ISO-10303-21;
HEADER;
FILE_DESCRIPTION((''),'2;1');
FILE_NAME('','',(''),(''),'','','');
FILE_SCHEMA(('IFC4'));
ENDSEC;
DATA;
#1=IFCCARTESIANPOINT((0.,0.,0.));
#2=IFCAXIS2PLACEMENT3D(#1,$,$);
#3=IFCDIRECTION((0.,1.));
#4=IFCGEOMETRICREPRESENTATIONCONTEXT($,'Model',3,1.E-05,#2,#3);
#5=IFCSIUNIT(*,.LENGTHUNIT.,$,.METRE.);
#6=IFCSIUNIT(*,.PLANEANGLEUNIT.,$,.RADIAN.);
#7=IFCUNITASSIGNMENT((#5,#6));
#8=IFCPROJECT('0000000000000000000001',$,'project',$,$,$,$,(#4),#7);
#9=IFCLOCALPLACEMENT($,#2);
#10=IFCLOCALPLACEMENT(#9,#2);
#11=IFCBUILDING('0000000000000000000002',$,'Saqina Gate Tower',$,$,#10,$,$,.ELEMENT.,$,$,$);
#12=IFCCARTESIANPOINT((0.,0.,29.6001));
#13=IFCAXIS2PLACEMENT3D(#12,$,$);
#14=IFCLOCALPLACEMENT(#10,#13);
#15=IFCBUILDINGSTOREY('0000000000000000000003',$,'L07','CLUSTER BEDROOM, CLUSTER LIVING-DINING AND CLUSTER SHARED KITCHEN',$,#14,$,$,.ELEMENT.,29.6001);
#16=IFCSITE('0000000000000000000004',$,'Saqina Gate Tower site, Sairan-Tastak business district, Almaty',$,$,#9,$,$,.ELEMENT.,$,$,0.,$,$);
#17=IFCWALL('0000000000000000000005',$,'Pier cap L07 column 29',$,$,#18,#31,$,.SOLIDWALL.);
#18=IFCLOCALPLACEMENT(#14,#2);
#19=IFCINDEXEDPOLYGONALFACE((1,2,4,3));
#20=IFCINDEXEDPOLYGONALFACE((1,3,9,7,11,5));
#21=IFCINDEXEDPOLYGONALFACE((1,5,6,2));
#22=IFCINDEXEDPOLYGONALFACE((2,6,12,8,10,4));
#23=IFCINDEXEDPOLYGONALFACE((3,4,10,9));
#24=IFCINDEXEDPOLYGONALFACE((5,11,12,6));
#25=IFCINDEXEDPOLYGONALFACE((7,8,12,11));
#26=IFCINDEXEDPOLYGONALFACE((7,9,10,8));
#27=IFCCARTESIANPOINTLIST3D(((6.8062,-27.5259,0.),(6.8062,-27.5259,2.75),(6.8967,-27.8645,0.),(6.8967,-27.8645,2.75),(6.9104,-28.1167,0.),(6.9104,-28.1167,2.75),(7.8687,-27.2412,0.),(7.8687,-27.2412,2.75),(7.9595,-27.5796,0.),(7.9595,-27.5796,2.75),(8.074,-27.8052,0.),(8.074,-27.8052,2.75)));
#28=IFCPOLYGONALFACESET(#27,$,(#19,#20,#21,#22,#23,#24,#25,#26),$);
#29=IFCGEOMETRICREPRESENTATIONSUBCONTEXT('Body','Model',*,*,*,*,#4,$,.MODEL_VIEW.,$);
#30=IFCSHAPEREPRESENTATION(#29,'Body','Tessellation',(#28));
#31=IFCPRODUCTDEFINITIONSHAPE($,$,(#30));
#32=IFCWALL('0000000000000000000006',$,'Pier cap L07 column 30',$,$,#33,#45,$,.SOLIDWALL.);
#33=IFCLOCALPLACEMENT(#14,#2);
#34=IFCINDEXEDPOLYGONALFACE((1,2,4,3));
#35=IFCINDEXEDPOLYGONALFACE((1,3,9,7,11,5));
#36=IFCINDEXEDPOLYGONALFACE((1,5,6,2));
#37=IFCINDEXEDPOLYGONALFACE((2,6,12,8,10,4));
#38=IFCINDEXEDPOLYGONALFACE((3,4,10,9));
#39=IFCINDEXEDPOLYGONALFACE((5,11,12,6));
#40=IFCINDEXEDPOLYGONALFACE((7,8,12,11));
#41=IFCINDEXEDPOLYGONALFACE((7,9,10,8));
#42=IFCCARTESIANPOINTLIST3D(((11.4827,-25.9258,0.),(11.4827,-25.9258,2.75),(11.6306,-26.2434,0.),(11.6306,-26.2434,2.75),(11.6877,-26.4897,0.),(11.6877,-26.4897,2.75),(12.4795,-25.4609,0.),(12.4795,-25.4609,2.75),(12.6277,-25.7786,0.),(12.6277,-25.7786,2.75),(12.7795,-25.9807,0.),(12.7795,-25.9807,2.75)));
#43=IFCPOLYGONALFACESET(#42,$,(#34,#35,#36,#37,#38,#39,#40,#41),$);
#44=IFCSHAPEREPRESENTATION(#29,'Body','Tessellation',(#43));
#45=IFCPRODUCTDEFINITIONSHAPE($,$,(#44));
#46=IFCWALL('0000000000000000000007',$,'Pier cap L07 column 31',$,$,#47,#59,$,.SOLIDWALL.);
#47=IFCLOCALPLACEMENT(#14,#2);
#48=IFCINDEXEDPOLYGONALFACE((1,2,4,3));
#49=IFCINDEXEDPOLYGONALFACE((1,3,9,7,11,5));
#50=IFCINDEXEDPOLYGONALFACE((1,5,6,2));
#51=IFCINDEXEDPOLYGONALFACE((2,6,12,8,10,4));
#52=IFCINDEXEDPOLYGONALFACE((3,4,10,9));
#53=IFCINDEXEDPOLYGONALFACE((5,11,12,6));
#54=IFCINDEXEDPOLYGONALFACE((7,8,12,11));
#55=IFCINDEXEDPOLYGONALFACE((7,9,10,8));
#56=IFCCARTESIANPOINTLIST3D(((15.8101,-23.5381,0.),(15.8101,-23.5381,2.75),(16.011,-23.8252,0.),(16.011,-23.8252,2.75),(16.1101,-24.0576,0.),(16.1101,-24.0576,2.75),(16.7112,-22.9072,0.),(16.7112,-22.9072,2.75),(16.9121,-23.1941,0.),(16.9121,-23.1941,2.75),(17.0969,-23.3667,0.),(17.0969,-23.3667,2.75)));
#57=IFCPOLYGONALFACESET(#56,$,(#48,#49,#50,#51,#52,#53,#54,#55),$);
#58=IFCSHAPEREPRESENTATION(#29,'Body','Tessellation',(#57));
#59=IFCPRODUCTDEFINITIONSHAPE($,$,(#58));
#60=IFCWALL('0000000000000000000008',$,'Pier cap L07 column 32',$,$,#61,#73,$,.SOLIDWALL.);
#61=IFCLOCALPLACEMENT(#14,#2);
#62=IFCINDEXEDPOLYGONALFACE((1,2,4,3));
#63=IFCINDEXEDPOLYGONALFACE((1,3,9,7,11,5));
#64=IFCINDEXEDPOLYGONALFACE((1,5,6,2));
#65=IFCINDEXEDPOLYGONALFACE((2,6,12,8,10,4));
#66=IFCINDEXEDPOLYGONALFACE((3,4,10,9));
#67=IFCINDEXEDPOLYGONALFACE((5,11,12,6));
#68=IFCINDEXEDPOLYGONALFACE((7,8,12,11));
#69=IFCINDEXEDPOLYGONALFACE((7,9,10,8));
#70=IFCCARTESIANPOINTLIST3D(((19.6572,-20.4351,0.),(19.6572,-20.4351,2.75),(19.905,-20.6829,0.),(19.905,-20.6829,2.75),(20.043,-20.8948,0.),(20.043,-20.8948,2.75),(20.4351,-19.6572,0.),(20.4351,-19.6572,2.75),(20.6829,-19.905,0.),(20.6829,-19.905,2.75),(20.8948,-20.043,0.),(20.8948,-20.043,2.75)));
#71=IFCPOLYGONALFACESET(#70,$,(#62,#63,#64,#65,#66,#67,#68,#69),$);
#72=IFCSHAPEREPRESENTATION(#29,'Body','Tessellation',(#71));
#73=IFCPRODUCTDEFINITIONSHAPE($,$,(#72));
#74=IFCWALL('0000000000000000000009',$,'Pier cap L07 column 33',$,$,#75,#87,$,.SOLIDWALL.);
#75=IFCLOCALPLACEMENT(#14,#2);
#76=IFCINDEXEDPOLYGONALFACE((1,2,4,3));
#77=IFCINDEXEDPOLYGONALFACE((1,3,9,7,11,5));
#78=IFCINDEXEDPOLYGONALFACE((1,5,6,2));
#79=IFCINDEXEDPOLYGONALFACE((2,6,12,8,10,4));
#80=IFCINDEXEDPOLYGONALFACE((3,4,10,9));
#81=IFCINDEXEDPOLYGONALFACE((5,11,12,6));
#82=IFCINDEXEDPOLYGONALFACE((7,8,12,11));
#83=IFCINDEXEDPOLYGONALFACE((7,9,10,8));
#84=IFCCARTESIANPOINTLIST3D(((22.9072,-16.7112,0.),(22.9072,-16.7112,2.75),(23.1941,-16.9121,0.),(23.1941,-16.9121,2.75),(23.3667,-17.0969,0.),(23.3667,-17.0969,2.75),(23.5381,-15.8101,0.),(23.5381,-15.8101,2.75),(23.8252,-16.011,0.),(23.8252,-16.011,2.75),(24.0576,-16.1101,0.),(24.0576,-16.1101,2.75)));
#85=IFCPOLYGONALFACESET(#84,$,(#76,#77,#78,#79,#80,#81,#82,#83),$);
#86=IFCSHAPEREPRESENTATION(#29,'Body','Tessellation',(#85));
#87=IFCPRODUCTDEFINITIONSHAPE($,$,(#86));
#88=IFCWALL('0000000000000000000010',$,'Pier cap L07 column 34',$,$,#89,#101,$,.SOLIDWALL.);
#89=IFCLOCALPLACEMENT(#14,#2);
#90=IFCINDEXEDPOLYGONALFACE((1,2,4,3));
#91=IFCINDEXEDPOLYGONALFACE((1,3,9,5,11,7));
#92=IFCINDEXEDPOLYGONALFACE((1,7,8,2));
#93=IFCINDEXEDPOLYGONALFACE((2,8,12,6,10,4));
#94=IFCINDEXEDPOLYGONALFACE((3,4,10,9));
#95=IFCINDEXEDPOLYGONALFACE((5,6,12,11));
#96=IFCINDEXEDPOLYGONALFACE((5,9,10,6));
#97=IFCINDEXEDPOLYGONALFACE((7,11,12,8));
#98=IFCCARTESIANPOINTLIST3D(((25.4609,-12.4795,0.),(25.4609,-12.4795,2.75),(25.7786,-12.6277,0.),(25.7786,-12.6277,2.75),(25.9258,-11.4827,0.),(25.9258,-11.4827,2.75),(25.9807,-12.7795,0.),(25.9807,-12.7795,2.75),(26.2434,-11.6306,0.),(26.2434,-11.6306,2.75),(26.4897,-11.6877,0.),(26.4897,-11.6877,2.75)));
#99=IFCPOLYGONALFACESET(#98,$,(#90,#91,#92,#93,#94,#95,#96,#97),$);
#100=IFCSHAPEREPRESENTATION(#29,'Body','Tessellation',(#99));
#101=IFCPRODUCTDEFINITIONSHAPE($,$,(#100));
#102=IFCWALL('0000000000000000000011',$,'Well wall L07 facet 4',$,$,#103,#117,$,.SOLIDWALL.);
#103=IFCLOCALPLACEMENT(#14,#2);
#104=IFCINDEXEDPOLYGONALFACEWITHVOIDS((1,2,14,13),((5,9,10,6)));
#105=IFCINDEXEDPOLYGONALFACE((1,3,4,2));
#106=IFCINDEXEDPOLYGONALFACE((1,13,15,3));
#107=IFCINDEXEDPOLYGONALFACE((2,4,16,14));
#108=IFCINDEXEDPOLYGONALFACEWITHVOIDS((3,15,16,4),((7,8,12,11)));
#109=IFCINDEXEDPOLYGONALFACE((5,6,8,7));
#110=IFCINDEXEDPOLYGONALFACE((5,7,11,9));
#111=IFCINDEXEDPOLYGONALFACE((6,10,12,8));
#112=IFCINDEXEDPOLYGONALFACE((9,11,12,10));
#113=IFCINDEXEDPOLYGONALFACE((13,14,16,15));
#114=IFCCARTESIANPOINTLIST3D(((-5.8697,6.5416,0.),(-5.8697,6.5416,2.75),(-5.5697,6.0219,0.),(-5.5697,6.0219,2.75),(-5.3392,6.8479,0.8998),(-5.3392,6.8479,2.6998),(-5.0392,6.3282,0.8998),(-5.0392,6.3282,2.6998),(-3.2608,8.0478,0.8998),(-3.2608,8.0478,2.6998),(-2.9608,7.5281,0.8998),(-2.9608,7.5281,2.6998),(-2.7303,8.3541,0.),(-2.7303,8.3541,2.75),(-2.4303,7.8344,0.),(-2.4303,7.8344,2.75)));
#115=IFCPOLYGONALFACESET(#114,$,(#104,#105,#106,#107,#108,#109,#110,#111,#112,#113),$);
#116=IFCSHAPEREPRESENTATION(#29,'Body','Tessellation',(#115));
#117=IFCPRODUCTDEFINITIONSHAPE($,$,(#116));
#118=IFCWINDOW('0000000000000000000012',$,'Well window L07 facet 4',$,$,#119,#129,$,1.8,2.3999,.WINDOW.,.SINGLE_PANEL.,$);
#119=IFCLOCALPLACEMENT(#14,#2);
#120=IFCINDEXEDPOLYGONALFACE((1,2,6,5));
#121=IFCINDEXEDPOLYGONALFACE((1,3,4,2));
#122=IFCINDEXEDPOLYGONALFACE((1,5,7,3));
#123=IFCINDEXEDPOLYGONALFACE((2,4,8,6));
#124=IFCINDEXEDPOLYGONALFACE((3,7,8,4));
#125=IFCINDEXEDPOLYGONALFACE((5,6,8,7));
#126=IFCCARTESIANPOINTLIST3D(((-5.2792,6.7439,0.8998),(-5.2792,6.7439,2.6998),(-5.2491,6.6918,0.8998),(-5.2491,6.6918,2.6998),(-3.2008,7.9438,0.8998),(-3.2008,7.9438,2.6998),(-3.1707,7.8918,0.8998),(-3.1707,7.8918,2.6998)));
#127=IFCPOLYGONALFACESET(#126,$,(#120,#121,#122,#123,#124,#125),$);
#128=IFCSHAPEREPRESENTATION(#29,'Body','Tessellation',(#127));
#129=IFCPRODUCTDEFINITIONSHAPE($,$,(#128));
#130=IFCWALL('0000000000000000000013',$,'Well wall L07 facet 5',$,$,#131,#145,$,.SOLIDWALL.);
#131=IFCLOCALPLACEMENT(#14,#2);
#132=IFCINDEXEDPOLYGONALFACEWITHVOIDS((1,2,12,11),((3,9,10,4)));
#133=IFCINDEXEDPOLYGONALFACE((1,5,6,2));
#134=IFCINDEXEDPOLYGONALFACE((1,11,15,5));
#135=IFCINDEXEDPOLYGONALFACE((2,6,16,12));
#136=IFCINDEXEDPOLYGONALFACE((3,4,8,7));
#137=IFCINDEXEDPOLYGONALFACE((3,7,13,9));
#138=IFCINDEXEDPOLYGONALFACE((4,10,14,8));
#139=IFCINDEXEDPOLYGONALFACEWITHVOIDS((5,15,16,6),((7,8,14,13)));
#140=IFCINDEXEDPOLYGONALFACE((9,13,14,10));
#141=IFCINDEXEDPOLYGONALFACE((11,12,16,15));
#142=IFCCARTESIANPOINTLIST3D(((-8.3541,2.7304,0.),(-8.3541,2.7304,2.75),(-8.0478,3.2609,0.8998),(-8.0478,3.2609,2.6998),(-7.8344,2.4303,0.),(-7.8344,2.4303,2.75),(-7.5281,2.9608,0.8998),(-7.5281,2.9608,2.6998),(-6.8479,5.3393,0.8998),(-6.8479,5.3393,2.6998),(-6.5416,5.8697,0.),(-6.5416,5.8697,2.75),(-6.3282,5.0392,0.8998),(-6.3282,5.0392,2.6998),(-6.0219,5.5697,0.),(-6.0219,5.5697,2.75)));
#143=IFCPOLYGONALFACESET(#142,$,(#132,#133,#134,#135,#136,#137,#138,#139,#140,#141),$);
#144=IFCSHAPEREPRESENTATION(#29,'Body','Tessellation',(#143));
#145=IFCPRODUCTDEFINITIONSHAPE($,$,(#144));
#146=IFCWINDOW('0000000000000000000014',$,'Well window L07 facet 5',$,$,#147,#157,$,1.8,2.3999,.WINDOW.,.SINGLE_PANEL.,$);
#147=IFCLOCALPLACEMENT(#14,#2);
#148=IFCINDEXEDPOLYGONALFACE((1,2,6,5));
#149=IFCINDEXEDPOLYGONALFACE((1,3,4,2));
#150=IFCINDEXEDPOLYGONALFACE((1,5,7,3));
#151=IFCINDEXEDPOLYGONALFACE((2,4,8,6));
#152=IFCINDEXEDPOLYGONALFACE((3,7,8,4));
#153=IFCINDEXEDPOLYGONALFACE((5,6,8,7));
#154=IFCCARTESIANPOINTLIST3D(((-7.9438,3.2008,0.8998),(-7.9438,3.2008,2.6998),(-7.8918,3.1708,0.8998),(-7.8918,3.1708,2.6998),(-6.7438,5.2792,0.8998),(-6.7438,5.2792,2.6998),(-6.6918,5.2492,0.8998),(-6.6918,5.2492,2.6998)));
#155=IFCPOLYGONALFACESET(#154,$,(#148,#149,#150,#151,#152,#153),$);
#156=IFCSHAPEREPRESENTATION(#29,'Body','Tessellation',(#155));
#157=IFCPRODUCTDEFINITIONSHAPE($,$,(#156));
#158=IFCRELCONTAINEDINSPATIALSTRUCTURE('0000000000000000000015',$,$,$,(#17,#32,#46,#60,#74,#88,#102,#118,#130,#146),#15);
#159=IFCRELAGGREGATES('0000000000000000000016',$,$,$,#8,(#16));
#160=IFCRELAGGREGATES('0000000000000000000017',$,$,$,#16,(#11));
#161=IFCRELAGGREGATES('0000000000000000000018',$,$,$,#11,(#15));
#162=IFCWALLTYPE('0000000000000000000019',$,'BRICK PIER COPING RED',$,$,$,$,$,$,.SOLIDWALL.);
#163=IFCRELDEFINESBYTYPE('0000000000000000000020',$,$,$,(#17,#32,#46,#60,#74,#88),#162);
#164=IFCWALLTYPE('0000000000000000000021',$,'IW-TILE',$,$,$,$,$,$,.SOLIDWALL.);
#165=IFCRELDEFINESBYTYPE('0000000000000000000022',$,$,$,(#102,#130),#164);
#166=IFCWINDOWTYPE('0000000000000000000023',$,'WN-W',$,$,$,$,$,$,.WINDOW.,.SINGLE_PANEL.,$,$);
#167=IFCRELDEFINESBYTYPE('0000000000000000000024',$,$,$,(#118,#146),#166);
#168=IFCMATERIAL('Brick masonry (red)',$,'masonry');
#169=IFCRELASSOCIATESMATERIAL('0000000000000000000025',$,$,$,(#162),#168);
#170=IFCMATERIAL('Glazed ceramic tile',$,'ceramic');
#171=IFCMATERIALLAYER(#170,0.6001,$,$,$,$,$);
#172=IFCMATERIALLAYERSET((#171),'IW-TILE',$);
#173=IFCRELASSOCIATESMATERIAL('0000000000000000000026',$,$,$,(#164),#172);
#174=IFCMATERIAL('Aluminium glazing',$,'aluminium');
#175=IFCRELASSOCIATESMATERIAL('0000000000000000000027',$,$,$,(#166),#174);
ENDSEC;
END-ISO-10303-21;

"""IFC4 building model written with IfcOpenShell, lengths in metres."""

from ifc_helpers import new_model, si_unit, direction, frame, frame_2d, origin, place, context, subcontext, project, spatial, polyline, rectangle, outline, extrude, material, layer, layer_set, type_object, element, fill, save


model = new_model("IFC4")

# Units and contexts
model_context = context("Model", 3, precision=1e-05, world=origin(), true_north=direction((0.0, 1.0)))
body_context = subcontext(model_context, "Body", "Model", "MODEL_VIEW")
ifc_project = project(units=[si_unit("LENGTHUNIT", "METRE"), si_unit("PLANEANGLEUNIT", "RADIAN")], contexts=[model_context])

# Site, building, storey
site_placement = place(None, origin())
site = spatial("IfcSite", under=ifc_project, at=site_placement, Name="Saqina Gate Tower site, Sairan-Tastak business district, Almaty", CompositionType="ELEMENT", RefElevation=0.0)
building_placement = place(site_placement, origin())
building = spatial("IfcBuilding", under=site, at=building_placement, Name="Saqina Gate Tower", CompositionType="ELEMENT")
storey_placement = place(building_placement, frame((0.0, 0.0, 29.6001)))
storey = spatial("IfcBuildingStorey", under=building, at=storey_placement, Name="L07", Description="CLUSTER BEDROOM, CLUSTER LIVING-DINING AND CLUSTER SHARED KITCHEN", CompositionType="ELEMENT", Elevation=29.6001)

# Walls
ifc_material_1 = material(Name="Brick masonry (red)", Category="masonry")
wall_type_1 = type_object("IfcWallType", Name="BRICK PIER COPING RED", PredefinedType="SOLIDWALL", material=ifc_material_1)
wall_1_placement = place(storey_placement, origin())
element("IfcWall", 1, at=wall_1_placement, inside=storey, type_object=wall_type_1, Name="Pier cap L07 column 29", PredefinedType="SOLIDWALL", context=body_context, shape_type="SweptSolid", body=[
    extrude(outline(polyline([(6.9104, -28.1167), (8.074, -27.8052), (7.8687, -27.2412), (7.9595, -27.5796), (6.8967, -27.8645), (6.8062, -27.5259), (6.9104, -28.1167)])), origin(), (0.0, 0.0, 1.0), 2.75),
])
wall_2_placement = place(storey_placement, origin())
element("IfcWall", 2, at=wall_2_placement, inside=storey, type_object=wall_type_1, Name="Pier cap L07 column 30", PredefinedType="SOLIDWALL", context=body_context, shape_type="SweptSolid", body=[
    extrude(outline(polyline([(12.7795, -25.9807), (12.4795, -25.4609), (12.6277, -25.7786), (11.6306, -26.2434), (11.4827, -25.9258), (11.6877, -26.4897), (12.7795, -25.9807)])), origin(), (0.0, 0.0, 1.0), 2.75),
])
wall_3_placement = place(storey_placement, origin())
element("IfcWall", 3, at=wall_3_placement, inside=storey, type_object=wall_type_1, Name="Pier cap L07 column 31", PredefinedType="SOLIDWALL", context=body_context, shape_type="SweptSolid", body=[
    extrude(outline(polyline([(16.1101, -24.0576), (17.0969, -23.3667), (16.7112, -22.9072), (16.9121, -23.1941), (16.011, -23.8252), (15.8101, -23.5381), (16.1101, -24.0576)])), origin(), (0.0, 0.0, 1.0), 2.75),
])
wall_4_placement = place(storey_placement, origin())
element("IfcWall", 4, at=wall_4_placement, inside=storey, type_object=wall_type_1, Name="Pier cap L07 column 32", PredefinedType="SOLIDWALL", context=body_context, shape_type="SweptSolid", body=[
    extrude(outline(polyline([(20.8948, -20.043), (20.4351, -19.6572), (20.6829, -19.905), (19.905, -20.6829), (19.6572, -20.4351), (20.043, -20.8948), (20.8948, -20.043)])), origin(), (0.0, 0.0, 1.0), 2.75),
])
wall_5_placement = place(storey_placement, origin())
element("IfcWall", 5, at=wall_5_placement, inside=storey, type_object=wall_type_1, Name="Pier cap L07 column 33", PredefinedType="SOLIDWALL", context=body_context, shape_type="SweptSolid", body=[
    extrude(outline(polyline([(23.3667, -17.0969), (24.0576, -16.1101), (23.5381, -15.8101), (23.8252, -16.011), (23.1941, -16.9121), (22.9072, -16.7112), (23.3667, -17.0969)])), origin(), (0.0, 0.0, 1.0), 2.75),
])
wall_6_placement = place(storey_placement, origin())
element("IfcWall", 6, at=wall_6_placement, inside=storey, type_object=wall_type_1, Name="Pier cap L07 column 34", PredefinedType="SOLIDWALL", context=body_context, shape_type="SweptSolid", body=[
    extrude(outline(polyline([(26.4897, -11.6877), (25.9258, -11.4827), (26.2434, -11.6306), (25.7786, -12.6277), (25.4609, -12.4795), (25.9807, -12.7795), (26.4897, -11.6877)])), origin(), (0.0, 0.0, 1.0), 2.75),
])

# Walls, openings, windows
ifc_material_2 = material(Name="Glazed ceramic tile", Category="ceramic")
ifc_layer_1 = layer(ifc_material_2, 0.6001)
ifc_layer_set_1 = layer_set([ifc_layer_1], Name="IW-TILE")
wall_type_2 = type_object("IfcWallType", Name="IW-TILE", PredefinedType="SOLIDWALL", material=ifc_layer_set_1)
wall_7_placement = place(storey_placement, frame((-2.5803, 8.0942, 0.0), z_axis=(0.0, 0.0, 1.0), x_axis=(-0.86603, -0.499993, 0.0)))
wall_7 = element("IfcWall", 7, at=wall_7_placement, inside=storey, type_object=wall_type_2, Name="Well wall L07 facet 4", PredefinedType="SOLIDWALL", context=body_context, shape_type="SweptSolid", body=[
    extrude(rectangle(XDim=3.625, YDim=0.6001, at=frame_2d((1.8125, 0.0))), origin(), (0.0, 0.0, 1.0), 2.75),
])
opening_1_placement = place(wall_7_placement, frame((0.6125, 0.0, 0.8999)))
opening_1 = element("IfcOpeningElement", 8, at=opening_1_placement, cuts=wall_7, PredefinedType="OPENING", context=body_context, shape_type="SweptSolid", body=[
    extrude(rectangle(XDim=2.3999, YDim=1.8, at=frame_2d((1.2, 0.8999))), frame((0.0, 0.312, 0.0), z_axis=(0.0, -1.0, 0.0), x_axis=(1.0, 0.0, 0.0)), (0.0, 0.0, 1.0), 0.624),
])
ifc_material_3 = material(Name="Aluminium glazing", Category="aluminium")
window_type = type_object("IfcWindowType", Name="WN-W", PartitioningType="SINGLE_PANEL", PredefinedType="WINDOW", material=ifc_material_3)
window_1_placement = place(opening_1_placement, origin())
window_1 = element("IfcWindow", 9, at=window_1_placement, inside=storey, type_object=window_type, Name="Well window L07 facet 4", OverallHeight=1.8, OverallWidth=2.3999, PartitioningType="SINGLE_PANEL", PredefinedType="WINDOW", context=body_context, shape_type="SweptSolid", body=[
    extrude(rectangle(XDim=2.3999, YDim=1.8, at=frame_2d((1.2, 0.8999))), frame((0.0, -0.1199, 0.0), z_axis=(0.0, -1.0, 0.0), x_axis=(1.0, 0.0, 0.0)), (0.0, 0.0, 1.0), 0.0601),
])
fill(opening_1, window_1)
wall_8_placement = place(storey_placement, frame((-6.2817, 5.7197, 0.0), z_axis=(0.0, 0.0, 1.0), x_axis=(-0.499993, -0.86603, 0.0)))
wall_8 = element("IfcWall", 10, at=wall_8_placement, inside=storey, type_object=wall_type_2, Name="Well wall L07 facet 5", PredefinedType="SOLIDWALL", context=body_context, shape_type="SweptSolid", body=[
    extrude(rectangle(XDim=3.625, YDim=0.6001, at=frame_2d((1.8125, 0.0))), origin(), (0.0, 0.0, 1.0), 2.75),
])
opening_2_placement = place(wall_8_placement, frame((0.6125, 0.0, 0.8999)))
opening_2 = element("IfcOpeningElement", 11, at=opening_2_placement, cuts=wall_8, PredefinedType="OPENING", context=body_context, shape_type="SweptSolid", body=[
    extrude(rectangle(XDim=2.3999, YDim=1.8, at=frame_2d((1.2, 0.8999))), frame((0.0, 0.312, 0.0), z_axis=(0.0, -1.0, 0.0), x_axis=(1.0, 0.0, 0.0)), (0.0, 0.0, 1.0), 0.624),
])
window_2_placement = place(opening_2_placement, origin())
window_2 = element("IfcWindow", 12, at=window_2_placement, inside=storey, type_object=window_type, Name="Well window L07 facet 5", OverallHeight=1.8, OverallWidth=2.3999, PartitioningType="SINGLE_PANEL", PredefinedType="WINDOW", context=body_context, shape_type="SweptSolid", body=[
    extrude(rectangle(XDim=2.3999, YDim=1.8, at=frame_2d((1.2, 0.8999))), frame((0.0, -0.1199, 0.0), z_axis=(0.0, -1.0, 0.0), x_axis=(1.0, 0.0, 0.0)), (0.0, 0.0, 1.0), 0.0601),
])
fill(opening_2, window_2)

save(model, "model.ifc")
